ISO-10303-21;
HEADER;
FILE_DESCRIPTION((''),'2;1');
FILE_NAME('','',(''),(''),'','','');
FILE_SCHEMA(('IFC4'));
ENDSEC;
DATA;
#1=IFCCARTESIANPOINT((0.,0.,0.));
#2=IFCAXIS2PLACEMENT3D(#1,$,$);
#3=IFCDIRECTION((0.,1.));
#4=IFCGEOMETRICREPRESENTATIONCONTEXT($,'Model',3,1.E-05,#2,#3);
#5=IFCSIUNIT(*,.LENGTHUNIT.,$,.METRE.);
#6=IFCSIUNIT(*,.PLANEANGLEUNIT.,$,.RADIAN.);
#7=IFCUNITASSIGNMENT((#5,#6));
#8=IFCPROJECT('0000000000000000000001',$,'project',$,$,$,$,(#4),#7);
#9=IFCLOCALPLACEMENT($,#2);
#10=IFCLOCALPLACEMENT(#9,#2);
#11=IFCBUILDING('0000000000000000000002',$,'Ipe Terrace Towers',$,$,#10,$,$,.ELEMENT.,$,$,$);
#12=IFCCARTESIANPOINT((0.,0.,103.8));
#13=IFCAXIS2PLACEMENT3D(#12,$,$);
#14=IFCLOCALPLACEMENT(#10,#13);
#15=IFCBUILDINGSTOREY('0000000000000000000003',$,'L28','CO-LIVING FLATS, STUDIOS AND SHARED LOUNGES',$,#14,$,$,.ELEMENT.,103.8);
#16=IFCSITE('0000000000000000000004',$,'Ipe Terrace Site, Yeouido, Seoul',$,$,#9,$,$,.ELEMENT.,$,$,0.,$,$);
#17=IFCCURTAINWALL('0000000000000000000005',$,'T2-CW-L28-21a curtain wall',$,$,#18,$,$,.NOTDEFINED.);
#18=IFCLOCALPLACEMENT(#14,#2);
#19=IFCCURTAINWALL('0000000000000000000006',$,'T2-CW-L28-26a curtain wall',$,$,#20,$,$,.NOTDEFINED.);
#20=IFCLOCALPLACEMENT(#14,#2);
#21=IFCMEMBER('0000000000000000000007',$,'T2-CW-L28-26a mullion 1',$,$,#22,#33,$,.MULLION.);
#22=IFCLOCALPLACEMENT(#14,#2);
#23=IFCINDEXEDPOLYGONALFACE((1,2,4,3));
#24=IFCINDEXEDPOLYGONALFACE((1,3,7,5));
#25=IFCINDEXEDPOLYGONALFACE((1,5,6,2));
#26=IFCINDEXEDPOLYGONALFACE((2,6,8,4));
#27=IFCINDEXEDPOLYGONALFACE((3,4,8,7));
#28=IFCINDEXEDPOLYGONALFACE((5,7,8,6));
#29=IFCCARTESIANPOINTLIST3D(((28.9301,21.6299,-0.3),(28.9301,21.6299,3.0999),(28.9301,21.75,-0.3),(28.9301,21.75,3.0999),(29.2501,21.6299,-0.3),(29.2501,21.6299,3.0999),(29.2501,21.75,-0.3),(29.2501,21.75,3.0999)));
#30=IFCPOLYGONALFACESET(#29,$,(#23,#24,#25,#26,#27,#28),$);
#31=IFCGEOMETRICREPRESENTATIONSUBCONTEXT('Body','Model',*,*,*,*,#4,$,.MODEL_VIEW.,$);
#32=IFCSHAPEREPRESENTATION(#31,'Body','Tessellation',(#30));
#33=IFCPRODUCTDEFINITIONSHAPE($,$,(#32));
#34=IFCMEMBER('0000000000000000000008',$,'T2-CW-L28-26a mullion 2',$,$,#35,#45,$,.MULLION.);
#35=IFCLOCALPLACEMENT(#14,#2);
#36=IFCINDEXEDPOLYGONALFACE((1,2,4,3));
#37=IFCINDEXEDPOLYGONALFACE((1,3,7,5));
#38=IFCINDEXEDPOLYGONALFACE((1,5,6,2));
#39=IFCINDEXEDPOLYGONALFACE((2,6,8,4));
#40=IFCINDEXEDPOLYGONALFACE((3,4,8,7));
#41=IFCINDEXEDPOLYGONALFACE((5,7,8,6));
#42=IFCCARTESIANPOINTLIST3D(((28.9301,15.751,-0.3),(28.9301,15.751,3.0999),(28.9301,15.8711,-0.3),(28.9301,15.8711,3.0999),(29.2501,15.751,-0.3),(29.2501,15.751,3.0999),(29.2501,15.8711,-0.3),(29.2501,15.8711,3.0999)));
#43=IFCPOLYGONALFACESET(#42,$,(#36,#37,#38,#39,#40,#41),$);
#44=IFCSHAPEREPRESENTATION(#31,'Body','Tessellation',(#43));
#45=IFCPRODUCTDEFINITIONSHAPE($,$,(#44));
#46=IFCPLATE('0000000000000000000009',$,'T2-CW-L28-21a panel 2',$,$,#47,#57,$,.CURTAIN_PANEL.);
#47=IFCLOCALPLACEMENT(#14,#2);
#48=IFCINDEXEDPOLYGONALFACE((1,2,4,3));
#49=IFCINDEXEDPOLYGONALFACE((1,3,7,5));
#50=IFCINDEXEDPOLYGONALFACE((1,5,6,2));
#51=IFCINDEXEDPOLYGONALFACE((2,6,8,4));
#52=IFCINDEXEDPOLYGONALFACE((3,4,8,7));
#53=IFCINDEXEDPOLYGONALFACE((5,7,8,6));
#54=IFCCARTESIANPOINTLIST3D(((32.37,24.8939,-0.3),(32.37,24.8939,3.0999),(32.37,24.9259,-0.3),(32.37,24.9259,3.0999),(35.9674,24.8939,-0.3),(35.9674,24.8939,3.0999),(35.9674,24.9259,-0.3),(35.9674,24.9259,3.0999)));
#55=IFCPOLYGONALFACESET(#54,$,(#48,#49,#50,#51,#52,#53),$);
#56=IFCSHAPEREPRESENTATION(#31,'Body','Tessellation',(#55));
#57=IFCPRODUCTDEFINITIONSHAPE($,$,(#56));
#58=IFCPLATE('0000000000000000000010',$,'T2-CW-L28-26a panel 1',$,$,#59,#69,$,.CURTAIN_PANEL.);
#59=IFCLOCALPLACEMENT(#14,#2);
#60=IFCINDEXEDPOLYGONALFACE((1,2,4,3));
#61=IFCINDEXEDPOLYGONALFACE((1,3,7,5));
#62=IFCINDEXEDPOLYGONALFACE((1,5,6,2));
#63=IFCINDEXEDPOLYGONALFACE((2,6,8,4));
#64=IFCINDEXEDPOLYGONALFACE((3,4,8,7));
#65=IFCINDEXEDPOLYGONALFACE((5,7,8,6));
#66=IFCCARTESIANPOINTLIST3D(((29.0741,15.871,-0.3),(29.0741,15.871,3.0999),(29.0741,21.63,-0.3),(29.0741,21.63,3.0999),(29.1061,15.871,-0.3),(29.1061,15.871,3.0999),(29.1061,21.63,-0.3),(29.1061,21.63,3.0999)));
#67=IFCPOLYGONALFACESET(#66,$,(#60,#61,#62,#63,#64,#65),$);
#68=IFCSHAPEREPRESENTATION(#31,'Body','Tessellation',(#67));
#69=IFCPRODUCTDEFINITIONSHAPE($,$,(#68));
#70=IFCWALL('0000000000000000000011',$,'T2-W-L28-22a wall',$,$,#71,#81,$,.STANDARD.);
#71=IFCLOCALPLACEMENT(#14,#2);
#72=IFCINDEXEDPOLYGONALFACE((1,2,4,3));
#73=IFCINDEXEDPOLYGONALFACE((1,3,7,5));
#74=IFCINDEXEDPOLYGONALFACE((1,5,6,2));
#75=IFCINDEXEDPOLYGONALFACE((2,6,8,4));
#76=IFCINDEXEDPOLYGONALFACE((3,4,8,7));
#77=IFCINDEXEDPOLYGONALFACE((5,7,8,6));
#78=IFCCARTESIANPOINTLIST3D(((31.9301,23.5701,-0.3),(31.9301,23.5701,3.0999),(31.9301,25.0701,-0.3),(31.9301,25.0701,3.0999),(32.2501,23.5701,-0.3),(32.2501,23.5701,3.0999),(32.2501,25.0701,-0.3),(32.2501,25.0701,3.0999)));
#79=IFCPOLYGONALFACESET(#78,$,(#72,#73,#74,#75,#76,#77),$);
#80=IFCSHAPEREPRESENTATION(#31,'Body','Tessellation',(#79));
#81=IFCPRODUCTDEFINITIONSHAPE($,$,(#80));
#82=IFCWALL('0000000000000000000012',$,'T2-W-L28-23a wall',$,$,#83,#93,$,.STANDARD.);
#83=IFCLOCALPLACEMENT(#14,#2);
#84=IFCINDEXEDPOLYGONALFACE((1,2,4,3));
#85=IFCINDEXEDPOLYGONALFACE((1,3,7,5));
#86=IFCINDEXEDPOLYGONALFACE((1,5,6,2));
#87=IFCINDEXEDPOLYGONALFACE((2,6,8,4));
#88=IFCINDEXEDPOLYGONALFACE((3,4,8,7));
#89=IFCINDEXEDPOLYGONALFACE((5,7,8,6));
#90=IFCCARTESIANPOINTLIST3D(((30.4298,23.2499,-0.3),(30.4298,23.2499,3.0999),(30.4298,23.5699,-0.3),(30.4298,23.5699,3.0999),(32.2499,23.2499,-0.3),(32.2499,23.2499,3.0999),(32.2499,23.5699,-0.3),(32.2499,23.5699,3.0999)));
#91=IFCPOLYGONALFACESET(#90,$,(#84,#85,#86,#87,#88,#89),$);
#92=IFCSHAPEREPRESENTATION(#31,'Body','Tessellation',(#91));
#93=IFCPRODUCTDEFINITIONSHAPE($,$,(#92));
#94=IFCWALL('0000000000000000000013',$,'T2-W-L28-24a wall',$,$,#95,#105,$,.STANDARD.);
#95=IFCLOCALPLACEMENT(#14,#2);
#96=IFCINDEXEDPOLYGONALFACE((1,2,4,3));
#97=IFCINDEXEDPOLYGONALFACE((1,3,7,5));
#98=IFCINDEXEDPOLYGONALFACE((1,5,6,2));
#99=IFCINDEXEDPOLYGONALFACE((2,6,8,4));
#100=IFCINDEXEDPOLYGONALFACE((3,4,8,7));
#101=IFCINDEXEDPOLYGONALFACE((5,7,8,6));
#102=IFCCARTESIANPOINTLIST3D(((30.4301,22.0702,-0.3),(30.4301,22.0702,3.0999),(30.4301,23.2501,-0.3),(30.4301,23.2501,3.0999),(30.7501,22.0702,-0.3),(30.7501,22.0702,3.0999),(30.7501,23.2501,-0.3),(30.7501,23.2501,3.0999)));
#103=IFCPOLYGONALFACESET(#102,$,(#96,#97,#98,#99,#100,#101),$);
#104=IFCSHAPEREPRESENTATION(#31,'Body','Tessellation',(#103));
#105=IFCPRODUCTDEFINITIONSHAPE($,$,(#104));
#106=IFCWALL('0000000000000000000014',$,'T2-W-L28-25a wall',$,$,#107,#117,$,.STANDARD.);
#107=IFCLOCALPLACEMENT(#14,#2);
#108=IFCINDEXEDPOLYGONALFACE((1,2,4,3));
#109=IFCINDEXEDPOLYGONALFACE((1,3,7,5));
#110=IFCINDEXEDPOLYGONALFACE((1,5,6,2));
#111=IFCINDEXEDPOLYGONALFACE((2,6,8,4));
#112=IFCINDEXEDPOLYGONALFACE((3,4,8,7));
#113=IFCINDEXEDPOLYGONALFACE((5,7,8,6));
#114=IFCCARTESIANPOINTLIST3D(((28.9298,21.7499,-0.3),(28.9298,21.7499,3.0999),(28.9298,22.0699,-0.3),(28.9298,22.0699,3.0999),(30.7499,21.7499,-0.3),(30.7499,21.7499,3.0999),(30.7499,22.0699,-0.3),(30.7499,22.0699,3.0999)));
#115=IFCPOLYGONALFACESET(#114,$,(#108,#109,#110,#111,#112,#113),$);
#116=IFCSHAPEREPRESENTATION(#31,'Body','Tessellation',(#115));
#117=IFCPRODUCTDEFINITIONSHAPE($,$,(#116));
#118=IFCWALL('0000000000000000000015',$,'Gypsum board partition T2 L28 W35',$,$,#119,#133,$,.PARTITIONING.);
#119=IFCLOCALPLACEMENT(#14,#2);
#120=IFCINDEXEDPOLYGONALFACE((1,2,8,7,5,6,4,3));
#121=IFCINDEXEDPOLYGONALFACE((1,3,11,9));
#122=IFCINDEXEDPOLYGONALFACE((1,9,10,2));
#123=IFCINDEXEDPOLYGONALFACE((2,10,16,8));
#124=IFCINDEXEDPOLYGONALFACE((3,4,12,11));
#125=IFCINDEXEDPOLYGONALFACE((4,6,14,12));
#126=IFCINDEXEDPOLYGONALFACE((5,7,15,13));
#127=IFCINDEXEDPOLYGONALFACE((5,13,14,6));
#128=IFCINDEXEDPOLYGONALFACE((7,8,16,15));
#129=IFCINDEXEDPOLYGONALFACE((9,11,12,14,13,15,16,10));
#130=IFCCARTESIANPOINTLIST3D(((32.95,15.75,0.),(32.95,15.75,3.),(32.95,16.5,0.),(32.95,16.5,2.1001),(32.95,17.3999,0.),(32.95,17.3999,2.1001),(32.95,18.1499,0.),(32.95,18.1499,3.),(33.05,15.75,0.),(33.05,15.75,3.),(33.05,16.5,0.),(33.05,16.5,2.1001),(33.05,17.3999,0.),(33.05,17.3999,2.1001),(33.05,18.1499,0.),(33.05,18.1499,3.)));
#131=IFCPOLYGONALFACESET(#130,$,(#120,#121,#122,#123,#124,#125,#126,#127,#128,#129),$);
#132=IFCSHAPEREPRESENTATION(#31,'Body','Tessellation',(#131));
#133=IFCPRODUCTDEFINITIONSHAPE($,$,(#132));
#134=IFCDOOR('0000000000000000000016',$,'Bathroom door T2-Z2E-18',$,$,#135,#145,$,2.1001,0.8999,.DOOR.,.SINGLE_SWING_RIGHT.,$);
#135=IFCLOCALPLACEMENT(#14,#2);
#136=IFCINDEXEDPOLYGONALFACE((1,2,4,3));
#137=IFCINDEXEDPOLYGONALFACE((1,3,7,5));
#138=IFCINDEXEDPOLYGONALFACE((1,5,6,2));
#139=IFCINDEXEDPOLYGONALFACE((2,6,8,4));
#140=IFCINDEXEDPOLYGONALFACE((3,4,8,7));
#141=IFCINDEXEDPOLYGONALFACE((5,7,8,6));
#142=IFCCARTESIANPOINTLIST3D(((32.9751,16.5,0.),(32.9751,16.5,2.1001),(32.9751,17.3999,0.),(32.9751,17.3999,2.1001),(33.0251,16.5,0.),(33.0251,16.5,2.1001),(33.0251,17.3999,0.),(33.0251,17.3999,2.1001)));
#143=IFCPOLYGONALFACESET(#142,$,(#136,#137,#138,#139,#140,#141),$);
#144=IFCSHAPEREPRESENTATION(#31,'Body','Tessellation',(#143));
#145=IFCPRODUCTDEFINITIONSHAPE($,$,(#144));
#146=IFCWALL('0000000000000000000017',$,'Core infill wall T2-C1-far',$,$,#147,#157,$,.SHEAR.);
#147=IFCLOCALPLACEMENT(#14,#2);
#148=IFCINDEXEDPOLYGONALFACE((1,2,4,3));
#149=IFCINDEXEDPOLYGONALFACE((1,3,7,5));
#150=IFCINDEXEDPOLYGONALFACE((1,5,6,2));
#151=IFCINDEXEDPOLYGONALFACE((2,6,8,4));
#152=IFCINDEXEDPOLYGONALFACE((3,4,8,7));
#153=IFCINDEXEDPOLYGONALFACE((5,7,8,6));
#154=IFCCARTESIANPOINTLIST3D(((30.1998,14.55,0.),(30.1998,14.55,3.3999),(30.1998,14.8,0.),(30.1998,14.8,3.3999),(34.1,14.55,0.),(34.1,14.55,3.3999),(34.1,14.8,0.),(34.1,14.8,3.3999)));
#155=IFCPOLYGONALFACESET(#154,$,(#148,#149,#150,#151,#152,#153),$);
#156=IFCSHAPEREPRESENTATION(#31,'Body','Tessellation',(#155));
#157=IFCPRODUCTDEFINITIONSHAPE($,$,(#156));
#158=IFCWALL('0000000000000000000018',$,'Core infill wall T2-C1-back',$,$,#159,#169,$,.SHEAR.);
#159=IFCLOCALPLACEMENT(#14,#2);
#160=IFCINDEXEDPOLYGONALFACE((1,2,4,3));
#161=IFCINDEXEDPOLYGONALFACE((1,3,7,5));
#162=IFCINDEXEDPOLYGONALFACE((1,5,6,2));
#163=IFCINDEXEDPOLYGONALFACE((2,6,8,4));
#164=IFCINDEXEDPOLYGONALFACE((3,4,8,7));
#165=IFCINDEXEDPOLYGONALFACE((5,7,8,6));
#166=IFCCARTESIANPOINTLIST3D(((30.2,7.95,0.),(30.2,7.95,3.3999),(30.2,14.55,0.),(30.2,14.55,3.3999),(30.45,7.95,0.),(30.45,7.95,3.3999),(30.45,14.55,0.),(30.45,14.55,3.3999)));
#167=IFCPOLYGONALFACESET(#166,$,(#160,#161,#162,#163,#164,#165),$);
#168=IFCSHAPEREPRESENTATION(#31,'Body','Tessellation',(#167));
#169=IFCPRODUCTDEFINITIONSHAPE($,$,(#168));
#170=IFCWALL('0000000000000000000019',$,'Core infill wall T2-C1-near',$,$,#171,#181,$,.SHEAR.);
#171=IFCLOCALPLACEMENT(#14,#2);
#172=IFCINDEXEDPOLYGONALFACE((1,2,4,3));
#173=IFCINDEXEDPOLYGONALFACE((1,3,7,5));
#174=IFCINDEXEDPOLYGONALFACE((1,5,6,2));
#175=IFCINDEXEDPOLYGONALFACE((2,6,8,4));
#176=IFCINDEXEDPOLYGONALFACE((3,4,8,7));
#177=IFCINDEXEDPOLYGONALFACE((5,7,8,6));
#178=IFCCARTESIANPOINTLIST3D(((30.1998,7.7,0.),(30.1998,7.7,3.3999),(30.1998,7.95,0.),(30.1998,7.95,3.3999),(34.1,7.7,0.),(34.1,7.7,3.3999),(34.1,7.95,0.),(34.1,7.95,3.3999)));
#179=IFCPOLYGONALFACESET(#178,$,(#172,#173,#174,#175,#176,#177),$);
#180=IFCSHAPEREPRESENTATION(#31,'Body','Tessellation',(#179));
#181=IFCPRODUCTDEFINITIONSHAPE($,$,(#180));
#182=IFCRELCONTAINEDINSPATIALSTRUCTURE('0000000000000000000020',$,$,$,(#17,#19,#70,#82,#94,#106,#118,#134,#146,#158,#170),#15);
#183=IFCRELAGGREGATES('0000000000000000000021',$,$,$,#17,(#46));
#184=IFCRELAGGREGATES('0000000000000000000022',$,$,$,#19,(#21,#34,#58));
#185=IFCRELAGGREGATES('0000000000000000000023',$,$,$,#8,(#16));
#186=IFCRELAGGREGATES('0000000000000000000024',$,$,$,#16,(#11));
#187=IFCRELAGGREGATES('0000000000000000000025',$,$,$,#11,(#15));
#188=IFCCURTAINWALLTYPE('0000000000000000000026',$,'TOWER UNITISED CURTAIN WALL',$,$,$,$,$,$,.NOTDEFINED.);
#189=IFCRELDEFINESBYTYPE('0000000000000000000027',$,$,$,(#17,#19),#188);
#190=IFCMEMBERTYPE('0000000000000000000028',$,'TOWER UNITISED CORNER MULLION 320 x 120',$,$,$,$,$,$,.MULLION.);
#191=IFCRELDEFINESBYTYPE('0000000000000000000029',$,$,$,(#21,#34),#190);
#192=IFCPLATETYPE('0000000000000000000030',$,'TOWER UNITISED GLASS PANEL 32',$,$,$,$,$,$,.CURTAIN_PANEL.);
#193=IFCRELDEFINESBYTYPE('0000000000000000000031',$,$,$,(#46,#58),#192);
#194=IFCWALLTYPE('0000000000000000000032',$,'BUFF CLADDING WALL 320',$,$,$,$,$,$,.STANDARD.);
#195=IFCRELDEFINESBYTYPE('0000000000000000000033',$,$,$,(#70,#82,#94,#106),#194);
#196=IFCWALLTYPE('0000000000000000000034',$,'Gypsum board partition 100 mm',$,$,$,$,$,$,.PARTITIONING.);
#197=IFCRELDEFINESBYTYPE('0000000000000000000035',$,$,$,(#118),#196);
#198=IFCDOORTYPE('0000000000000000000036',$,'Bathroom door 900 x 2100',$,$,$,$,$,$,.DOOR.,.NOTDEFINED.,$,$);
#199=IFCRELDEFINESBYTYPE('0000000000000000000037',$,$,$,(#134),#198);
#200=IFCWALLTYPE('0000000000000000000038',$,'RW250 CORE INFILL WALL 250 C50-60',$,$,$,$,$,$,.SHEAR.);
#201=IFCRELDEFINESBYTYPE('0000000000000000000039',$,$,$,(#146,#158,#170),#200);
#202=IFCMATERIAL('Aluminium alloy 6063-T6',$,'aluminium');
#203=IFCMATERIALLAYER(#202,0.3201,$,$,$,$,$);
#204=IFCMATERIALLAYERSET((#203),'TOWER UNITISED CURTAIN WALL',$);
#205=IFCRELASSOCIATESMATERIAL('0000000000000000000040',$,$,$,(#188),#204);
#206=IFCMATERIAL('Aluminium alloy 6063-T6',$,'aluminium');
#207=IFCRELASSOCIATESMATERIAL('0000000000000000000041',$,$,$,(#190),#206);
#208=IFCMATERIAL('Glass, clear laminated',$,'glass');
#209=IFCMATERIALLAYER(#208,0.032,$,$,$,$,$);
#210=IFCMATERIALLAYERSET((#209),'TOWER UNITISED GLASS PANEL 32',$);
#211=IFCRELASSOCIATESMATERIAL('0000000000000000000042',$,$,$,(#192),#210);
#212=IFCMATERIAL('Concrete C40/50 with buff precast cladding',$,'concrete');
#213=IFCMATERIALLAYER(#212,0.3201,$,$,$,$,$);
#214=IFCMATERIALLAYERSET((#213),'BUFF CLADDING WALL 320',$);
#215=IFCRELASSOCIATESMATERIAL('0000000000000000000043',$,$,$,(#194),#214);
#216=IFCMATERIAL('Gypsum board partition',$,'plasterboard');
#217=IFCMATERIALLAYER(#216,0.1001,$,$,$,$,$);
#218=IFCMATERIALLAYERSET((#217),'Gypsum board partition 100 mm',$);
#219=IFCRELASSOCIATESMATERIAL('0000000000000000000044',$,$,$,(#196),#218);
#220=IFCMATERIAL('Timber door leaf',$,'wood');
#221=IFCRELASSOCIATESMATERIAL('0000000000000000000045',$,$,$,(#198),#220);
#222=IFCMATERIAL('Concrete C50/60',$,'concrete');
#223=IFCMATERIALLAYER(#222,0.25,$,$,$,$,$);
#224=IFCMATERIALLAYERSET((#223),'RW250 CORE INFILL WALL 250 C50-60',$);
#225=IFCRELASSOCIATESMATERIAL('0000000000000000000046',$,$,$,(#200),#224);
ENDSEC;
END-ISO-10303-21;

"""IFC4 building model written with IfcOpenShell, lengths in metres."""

from ifc_helpers import new_model, si_unit, direction, frame, frame_2d, origin, origin_2d, place, context, subcontext, project, spatial, rectangle, extrude, material, layer, layer_set, material_profile, profile_set, type_object, element, fill, aggregate, save


model = new_model("IFC4")

# Units and contexts
model_context = context("Model", 3, precision=1e-05, world=origin(), true_north=direction((0.0, 1.0)))
body_context = subcontext(model_context, "Body", "Model", "MODEL_VIEW")
ifc_project = project(units=[si_unit("LENGTHUNIT", "METRE"), si_unit("PLANEANGLEUNIT", "RADIAN")], contexts=[model_context])

# Site, building, storey
site_placement = place(None, origin())
site = spatial("IfcSite", under=ifc_project, at=site_placement, Name="Ipe Terrace Site, Yeouido, Seoul", CompositionType="ELEMENT", RefElevation=0.0)
building_placement = place(site_placement, origin())
building = spatial("IfcBuilding", under=site, at=building_placement, Name="Ipe Terrace Towers", CompositionType="ELEMENT")
storey_placement = place(building_placement, frame((0.0, 0.0, 103.8)))
storey = spatial("IfcBuildingStorey", under=building, at=storey_placement, Name="L28", Description="CO-LIVING FLATS, STUDIOS AND SHARED LOUNGES", CompositionType="ELEMENT", Elevation=103.8)

# Curtain wall
ifc_material_1 = material(Name="Aluminium alloy 6063-T6", Category="aluminium")
ifc_layer_1 = layer(ifc_material_1, 0.3201)
ifc_layer_set_1 = layer_set([ifc_layer_1], Name="TOWER UNITISED CURTAIN WALL")
curtain_wall_type = type_object("IfcCurtainWallType", Name="TOWER UNITISED CURTAIN WALL", PredefinedType="NOTDEFINED", material=ifc_layer_set_1)
curtain_wall_1_placement = place(storey_placement, origin())
curtain_wall_1 = element("IfcCurtainWall", 1, at=curtain_wall_1_placement, inside=storey, type_object=curtain_wall_type, Name="T2-CW-L28-21a curtain wall", PredefinedType="NOTDEFINED")
ifc_material_2 = material(Name="Aluminium alloy 6063-T6", Category="aluminium")
ifc_material_profile_1 = material_profile(ifc_material_2, rectangle(XDim=0.3201, YDim=0.1201, at=origin_2d()), Name="TOWER UNITISED CORNER MULLION 320 x 120")
ifc_profile_set_1 = profile_set([ifc_material_profile_1], Name="Aluminium alloy 6063-T6")
member_type = type_object("IfcMemberType", Name="TOWER UNITISED CORNER MULLION 320 x 120", PredefinedType="MULLION", material=ifc_profile_set_1)

# Curtain wall, members
curtain_wall_2_placement = place(storey_placement, origin())
curtain_wall_2 = element("IfcCurtainWall", 2, at=curtain_wall_2_placement, inside=storey, type_object=curtain_wall_type, Name="T2-CW-L28-26a curtain wall", PredefinedType="NOTDEFINED")
member_1_placement = place(storey_placement, frame((29.0901, 21.6899, -0.3), z_axis=(0.0, 0.0, 1.0), x_axis=(-1.0, 0.0, 0.0)))
member_1 = element("IfcMember", 3, at=member_1_placement, type_object=member_type, Name="T2-CW-L28-26a mullion 1", PredefinedType="MULLION", context=body_context, shape_type="SweptSolid", body=[
    extrude(rectangle(XDim=0.3201, YDim=0.1201, at=origin_2d()), origin(), (0.0, 0.0, 1.0), 3.3999),
])
member_2_placement = place(storey_placement, frame((29.0901, 15.811, -0.3), z_axis=(0.0, 0.0, 1.0), x_axis=(-1.0, 0.0, 0.0)))
member_2 = element("IfcMember", 4, at=member_2_placement, type_object=member_type, Name="T2-CW-L28-26a mullion 2", PredefinedType="MULLION", context=body_context, shape_type="SweptSolid", body=[
    extrude(rectangle(XDim=0.3201, YDim=0.1201, at=origin_2d()), origin(), (0.0, 0.0, 1.0), 3.3999),
])

# Plates
ifc_material_3 = material(Name="Glass, clear laminated", Category="glass")
ifc_layer_2 = layer(ifc_material_3, 0.032)
ifc_layer_set_2 = layer_set([ifc_layer_2], Name="TOWER UNITISED GLASS PANEL 32")
plate_type = type_object("IfcPlateType", Name="TOWER UNITISED GLASS PANEL 32", PredefinedType="CURTAIN_PANEL", material=ifc_layer_set_2)
plate_1_placement = place(storey_placement, frame((34.1687, 24.9099, -0.3), z_axis=(0.0, 0.0, 1.0), x_axis=(-1.0, 0.0, 0.0)))
plate_1 = element("IfcPlate", 5, at=plate_1_placement, type_object=plate_type, Name="T2-CW-L28-21a panel 2", PredefinedType="CURTAIN_PANEL", context=body_context, shape_type="SweptSolid", body=[
    extrude(rectangle(XDim=3.5974, YDim=0.032, at=origin_2d()), origin(), (0.0, 0.0, 1.0), 3.3999),
])
aggregate(curtain_wall_1, [plate_1])
plate_2_placement = place(storey_placement, frame((29.0901, 18.7505, -0.3), z_axis=(0.0, 0.0, 1.0), x_axis=(0.0, -1.0, 0.0)))
plate_2 = element("IfcPlate", 6, at=plate_2_placement, type_object=plate_type, Name="T2-CW-L28-26a panel 1", PredefinedType="CURTAIN_PANEL", context=body_context, shape_type="SweptSolid", body=[
    extrude(rectangle(XDim=5.759, YDim=0.032, at=origin_2d()), origin(), (0.0, 0.0, 1.0), 3.3999),
])
aggregate(curtain_wall_2, [member_1, member_2, plate_2])

# Walls
ifc_material_4 = material(Name="Concrete C40/50 with buff precast cladding", Category="concrete")
ifc_layer_3 = layer(ifc_material_4, 0.3201)
ifc_layer_set_3 = layer_set([ifc_layer_3], Name="BUFF CLADDING WALL 320")
wall_type_1 = type_object("IfcWallType", Name="BUFF CLADDING WALL 320", PredefinedType="STANDARD", material=ifc_layer_set_3)
wall_1_placement = place(storey_placement, frame((32.0901, 25.0701, -0.3), z_axis=(0.0, 0.0, 1.0), x_axis=(0.0, -1.0, 0.0)))
element("IfcWall", 7, at=wall_1_placement, inside=storey, type_object=wall_type_1, Name="T2-W-L28-22a wall", PredefinedType="STANDARD", context=body_context, shape_type="SweptSolid", body=[
    extrude(rectangle(XDim=1.5, YDim=0.3201, at=frame_2d((0.75, 0.0))), origin(), (0.0, 0.0, 1.0), 3.3999),
])
wall_2_placement = place(storey_placement, frame((32.25, 23.4099, -0.3), z_axis=(0.0, 0.0, 1.0), x_axis=(-1.0, 0.0, 0.0)))
element("IfcWall", 8, at=wall_2_placement, inside=storey, type_object=wall_type_1, Name="T2-W-L28-23a wall", PredefinedType="STANDARD", context=body_context, shape_type="SweptSolid", body=[
    extrude(rectangle(XDim=1.8201, YDim=0.3201, at=frame_2d((0.9102, 0.0))), origin(), (0.0, 0.0, 1.0), 3.3999),
])
wall_3_placement = place(storey_placement, frame((30.5901, 23.25, -0.3), z_axis=(0.0, 0.0, 1.0), x_axis=(0.0, -1.0, 0.0)))
element("IfcWall", 9, at=wall_3_placement, inside=storey, type_object=wall_type_1, Name="T2-W-L28-24a wall", PredefinedType="STANDARD", context=body_context, shape_type="SweptSolid", body=[
    extrude(rectangle(XDim=1.1799, YDim=0.3201, at=frame_2d((0.5898, 0.0))), origin(), (0.0, 0.0, 1.0), 3.3999),
])
wall_4_placement = place(storey_placement, frame((30.75, 21.9099, -0.3), z_axis=(0.0, 0.0, 1.0), x_axis=(-1.0, 0.0, 0.0)))
element("IfcWall", 10, at=wall_4_placement, inside=storey, type_object=wall_type_1, Name="T2-W-L28-25a wall", PredefinedType="STANDARD", context=body_context, shape_type="SweptSolid", body=[
    extrude(rectangle(XDim=1.8201, YDim=0.3201, at=frame_2d((0.9102, 0.0))), origin(), (0.0, 0.0, 1.0), 3.3999),
])

# Wall, opening, door
ifc_material_5 = material(Name="Gypsum board partition", Category="plasterboard")
ifc_layer_4 = layer(ifc_material_5, 0.1001)
ifc_layer_set_4 = layer_set([ifc_layer_4], Name="Gypsum board partition 100 mm")
wall_type_2 = type_object("IfcWallType", Name="Gypsum board partition 100 mm", PredefinedType="PARTITIONING", material=ifc_layer_set_4)
wall_5_placement = place(storey_placement, frame((33.0, 15.75, 0.0), z_axis=(0.0, 0.0, 1.0), x_axis=(0.0, 1.0, 0.0)))
wall_5 = element("IfcWall", 11, at=wall_5_placement, inside=storey, type_object=wall_type_2, Name="Gypsum board partition T2 L28 W35", PredefinedType="PARTITIONING", context=body_context, shape_type="SweptSolid", body=[
    extrude(rectangle(XDim=2.3999, YDim=0.1001, at=frame_2d((1.2, 0.0))), origin(), (0.0, 0.0, 1.0), 3.0),
])
opening_1_placement = place(wall_5_placement, frame((0.75, 0.0, 0.0)))
opening_1 = element("IfcOpeningElement", 12, at=opening_1_placement, cuts=wall_5, PredefinedType="OPENING", context=body_context, shape_type="SweptSolid", body=[
    extrude(rectangle(XDim=0.8999, YDim=2.1001, at=frame_2d((0.45, 1.05))), frame((0.0, 0.0601, 0.0), z_axis=(0.0, -1.0, 0.0), x_axis=(1.0, 0.0, 0.0)), (0.0, 0.0, 1.0), 0.1201),
])
ifc_material_6 = material(Name="Timber door leaf", Category="wood")
door_type_1 = type_object("IfcDoorType", Name="Bathroom door 900 x 2100", OperationType="NOTDEFINED", PredefinedType="DOOR", material=ifc_material_6)
door_1_placement = place(opening_1_placement, origin())
door_1 = element("IfcDoor", 13, at=door_1_placement, inside=storey, type_object=door_type_1, Name="Bathroom door T2-Z2E-18", OperationType="SINGLE_SWING_RIGHT", OverallHeight=2.1001, OverallWidth=0.8999, PredefinedType="DOOR", context=body_context, shape_type="SweptSolid", body=[
    extrude(rectangle(XDim=0.8999, YDim=2.1001, at=frame_2d((0.45, 1.05))), frame((0.0, 0.0249, 0.0), z_axis=(0.0, -1.0, 0.0), x_axis=(1.0, 0.0, 0.0)), (0.0, 0.0, 1.0), 0.05),
])
fill(opening_1, door_1)

# Walls
ifc_material_7 = material(Name="Concrete C50/60", Category="concrete")
ifc_layer_5 = layer(ifc_material_7, 0.25)
ifc_layer_set_5 = layer_set([ifc_layer_5], Name="RW250 CORE INFILL WALL 250 C50-60")
wall_type_3 = type_object("IfcWallType", Name="RW250 CORE INFILL WALL 250 C50-60", PredefinedType="SHEAR", material=ifc_layer_set_5)
wall_6_placement = place(storey_placement, frame((34.1001, 14.675, 0.0), z_axis=(0.0, 0.0, 1.0), x_axis=(-1.0, 0.0, 0.0)))
element("IfcWall", 14, at=wall_6_placement, inside=storey, type_object=wall_type_3, Name="Core infill wall T2-C1-far", PredefinedType="SHEAR", context=body_context, shape_type="SweptSolid", body=[
    extrude(rectangle(XDim=3.9001, YDim=0.25, at=frame_2d((1.9502, 0.0))), origin(), (0.0, 0.0, 1.0), 3.3999),
])
wall_7_placement = place(storey_placement, frame((30.325, 7.95, 0.0), z_axis=(0.0, 0.0, 1.0), x_axis=(0.0, 1.0, 0.0)))
element("IfcWall", 15, at=wall_7_placement, inside=storey, type_object=wall_type_3, Name="Core infill wall T2-C1-back", PredefinedType="SHEAR", context=body_context, shape_type="SweptSolid", body=[
    extrude(rectangle(XDim=6.6001, YDim=0.25, at=frame_2d((3.3, 0.0))), origin(), (0.0, 0.0, 1.0), 3.3999),
])
wall_8_placement = place(storey_placement, frame((34.1001, 7.825, 0.0), z_axis=(0.0, 0.0, 1.0), x_axis=(-1.0, 0.0, 0.0)))
element("IfcWall", 16, at=wall_8_placement, inside=storey, type_object=wall_type_3, Name="Core infill wall T2-C1-near", PredefinedType="SHEAR", context=body_context, shape_type="SweptSolid", body=[
    extrude(rectangle(XDim=3.9001, YDim=0.25, at=frame_2d((1.9502, 0.0))), origin(), (0.0, 0.0, 1.0), 3.3999),
])

save(model, "model.ifc")
